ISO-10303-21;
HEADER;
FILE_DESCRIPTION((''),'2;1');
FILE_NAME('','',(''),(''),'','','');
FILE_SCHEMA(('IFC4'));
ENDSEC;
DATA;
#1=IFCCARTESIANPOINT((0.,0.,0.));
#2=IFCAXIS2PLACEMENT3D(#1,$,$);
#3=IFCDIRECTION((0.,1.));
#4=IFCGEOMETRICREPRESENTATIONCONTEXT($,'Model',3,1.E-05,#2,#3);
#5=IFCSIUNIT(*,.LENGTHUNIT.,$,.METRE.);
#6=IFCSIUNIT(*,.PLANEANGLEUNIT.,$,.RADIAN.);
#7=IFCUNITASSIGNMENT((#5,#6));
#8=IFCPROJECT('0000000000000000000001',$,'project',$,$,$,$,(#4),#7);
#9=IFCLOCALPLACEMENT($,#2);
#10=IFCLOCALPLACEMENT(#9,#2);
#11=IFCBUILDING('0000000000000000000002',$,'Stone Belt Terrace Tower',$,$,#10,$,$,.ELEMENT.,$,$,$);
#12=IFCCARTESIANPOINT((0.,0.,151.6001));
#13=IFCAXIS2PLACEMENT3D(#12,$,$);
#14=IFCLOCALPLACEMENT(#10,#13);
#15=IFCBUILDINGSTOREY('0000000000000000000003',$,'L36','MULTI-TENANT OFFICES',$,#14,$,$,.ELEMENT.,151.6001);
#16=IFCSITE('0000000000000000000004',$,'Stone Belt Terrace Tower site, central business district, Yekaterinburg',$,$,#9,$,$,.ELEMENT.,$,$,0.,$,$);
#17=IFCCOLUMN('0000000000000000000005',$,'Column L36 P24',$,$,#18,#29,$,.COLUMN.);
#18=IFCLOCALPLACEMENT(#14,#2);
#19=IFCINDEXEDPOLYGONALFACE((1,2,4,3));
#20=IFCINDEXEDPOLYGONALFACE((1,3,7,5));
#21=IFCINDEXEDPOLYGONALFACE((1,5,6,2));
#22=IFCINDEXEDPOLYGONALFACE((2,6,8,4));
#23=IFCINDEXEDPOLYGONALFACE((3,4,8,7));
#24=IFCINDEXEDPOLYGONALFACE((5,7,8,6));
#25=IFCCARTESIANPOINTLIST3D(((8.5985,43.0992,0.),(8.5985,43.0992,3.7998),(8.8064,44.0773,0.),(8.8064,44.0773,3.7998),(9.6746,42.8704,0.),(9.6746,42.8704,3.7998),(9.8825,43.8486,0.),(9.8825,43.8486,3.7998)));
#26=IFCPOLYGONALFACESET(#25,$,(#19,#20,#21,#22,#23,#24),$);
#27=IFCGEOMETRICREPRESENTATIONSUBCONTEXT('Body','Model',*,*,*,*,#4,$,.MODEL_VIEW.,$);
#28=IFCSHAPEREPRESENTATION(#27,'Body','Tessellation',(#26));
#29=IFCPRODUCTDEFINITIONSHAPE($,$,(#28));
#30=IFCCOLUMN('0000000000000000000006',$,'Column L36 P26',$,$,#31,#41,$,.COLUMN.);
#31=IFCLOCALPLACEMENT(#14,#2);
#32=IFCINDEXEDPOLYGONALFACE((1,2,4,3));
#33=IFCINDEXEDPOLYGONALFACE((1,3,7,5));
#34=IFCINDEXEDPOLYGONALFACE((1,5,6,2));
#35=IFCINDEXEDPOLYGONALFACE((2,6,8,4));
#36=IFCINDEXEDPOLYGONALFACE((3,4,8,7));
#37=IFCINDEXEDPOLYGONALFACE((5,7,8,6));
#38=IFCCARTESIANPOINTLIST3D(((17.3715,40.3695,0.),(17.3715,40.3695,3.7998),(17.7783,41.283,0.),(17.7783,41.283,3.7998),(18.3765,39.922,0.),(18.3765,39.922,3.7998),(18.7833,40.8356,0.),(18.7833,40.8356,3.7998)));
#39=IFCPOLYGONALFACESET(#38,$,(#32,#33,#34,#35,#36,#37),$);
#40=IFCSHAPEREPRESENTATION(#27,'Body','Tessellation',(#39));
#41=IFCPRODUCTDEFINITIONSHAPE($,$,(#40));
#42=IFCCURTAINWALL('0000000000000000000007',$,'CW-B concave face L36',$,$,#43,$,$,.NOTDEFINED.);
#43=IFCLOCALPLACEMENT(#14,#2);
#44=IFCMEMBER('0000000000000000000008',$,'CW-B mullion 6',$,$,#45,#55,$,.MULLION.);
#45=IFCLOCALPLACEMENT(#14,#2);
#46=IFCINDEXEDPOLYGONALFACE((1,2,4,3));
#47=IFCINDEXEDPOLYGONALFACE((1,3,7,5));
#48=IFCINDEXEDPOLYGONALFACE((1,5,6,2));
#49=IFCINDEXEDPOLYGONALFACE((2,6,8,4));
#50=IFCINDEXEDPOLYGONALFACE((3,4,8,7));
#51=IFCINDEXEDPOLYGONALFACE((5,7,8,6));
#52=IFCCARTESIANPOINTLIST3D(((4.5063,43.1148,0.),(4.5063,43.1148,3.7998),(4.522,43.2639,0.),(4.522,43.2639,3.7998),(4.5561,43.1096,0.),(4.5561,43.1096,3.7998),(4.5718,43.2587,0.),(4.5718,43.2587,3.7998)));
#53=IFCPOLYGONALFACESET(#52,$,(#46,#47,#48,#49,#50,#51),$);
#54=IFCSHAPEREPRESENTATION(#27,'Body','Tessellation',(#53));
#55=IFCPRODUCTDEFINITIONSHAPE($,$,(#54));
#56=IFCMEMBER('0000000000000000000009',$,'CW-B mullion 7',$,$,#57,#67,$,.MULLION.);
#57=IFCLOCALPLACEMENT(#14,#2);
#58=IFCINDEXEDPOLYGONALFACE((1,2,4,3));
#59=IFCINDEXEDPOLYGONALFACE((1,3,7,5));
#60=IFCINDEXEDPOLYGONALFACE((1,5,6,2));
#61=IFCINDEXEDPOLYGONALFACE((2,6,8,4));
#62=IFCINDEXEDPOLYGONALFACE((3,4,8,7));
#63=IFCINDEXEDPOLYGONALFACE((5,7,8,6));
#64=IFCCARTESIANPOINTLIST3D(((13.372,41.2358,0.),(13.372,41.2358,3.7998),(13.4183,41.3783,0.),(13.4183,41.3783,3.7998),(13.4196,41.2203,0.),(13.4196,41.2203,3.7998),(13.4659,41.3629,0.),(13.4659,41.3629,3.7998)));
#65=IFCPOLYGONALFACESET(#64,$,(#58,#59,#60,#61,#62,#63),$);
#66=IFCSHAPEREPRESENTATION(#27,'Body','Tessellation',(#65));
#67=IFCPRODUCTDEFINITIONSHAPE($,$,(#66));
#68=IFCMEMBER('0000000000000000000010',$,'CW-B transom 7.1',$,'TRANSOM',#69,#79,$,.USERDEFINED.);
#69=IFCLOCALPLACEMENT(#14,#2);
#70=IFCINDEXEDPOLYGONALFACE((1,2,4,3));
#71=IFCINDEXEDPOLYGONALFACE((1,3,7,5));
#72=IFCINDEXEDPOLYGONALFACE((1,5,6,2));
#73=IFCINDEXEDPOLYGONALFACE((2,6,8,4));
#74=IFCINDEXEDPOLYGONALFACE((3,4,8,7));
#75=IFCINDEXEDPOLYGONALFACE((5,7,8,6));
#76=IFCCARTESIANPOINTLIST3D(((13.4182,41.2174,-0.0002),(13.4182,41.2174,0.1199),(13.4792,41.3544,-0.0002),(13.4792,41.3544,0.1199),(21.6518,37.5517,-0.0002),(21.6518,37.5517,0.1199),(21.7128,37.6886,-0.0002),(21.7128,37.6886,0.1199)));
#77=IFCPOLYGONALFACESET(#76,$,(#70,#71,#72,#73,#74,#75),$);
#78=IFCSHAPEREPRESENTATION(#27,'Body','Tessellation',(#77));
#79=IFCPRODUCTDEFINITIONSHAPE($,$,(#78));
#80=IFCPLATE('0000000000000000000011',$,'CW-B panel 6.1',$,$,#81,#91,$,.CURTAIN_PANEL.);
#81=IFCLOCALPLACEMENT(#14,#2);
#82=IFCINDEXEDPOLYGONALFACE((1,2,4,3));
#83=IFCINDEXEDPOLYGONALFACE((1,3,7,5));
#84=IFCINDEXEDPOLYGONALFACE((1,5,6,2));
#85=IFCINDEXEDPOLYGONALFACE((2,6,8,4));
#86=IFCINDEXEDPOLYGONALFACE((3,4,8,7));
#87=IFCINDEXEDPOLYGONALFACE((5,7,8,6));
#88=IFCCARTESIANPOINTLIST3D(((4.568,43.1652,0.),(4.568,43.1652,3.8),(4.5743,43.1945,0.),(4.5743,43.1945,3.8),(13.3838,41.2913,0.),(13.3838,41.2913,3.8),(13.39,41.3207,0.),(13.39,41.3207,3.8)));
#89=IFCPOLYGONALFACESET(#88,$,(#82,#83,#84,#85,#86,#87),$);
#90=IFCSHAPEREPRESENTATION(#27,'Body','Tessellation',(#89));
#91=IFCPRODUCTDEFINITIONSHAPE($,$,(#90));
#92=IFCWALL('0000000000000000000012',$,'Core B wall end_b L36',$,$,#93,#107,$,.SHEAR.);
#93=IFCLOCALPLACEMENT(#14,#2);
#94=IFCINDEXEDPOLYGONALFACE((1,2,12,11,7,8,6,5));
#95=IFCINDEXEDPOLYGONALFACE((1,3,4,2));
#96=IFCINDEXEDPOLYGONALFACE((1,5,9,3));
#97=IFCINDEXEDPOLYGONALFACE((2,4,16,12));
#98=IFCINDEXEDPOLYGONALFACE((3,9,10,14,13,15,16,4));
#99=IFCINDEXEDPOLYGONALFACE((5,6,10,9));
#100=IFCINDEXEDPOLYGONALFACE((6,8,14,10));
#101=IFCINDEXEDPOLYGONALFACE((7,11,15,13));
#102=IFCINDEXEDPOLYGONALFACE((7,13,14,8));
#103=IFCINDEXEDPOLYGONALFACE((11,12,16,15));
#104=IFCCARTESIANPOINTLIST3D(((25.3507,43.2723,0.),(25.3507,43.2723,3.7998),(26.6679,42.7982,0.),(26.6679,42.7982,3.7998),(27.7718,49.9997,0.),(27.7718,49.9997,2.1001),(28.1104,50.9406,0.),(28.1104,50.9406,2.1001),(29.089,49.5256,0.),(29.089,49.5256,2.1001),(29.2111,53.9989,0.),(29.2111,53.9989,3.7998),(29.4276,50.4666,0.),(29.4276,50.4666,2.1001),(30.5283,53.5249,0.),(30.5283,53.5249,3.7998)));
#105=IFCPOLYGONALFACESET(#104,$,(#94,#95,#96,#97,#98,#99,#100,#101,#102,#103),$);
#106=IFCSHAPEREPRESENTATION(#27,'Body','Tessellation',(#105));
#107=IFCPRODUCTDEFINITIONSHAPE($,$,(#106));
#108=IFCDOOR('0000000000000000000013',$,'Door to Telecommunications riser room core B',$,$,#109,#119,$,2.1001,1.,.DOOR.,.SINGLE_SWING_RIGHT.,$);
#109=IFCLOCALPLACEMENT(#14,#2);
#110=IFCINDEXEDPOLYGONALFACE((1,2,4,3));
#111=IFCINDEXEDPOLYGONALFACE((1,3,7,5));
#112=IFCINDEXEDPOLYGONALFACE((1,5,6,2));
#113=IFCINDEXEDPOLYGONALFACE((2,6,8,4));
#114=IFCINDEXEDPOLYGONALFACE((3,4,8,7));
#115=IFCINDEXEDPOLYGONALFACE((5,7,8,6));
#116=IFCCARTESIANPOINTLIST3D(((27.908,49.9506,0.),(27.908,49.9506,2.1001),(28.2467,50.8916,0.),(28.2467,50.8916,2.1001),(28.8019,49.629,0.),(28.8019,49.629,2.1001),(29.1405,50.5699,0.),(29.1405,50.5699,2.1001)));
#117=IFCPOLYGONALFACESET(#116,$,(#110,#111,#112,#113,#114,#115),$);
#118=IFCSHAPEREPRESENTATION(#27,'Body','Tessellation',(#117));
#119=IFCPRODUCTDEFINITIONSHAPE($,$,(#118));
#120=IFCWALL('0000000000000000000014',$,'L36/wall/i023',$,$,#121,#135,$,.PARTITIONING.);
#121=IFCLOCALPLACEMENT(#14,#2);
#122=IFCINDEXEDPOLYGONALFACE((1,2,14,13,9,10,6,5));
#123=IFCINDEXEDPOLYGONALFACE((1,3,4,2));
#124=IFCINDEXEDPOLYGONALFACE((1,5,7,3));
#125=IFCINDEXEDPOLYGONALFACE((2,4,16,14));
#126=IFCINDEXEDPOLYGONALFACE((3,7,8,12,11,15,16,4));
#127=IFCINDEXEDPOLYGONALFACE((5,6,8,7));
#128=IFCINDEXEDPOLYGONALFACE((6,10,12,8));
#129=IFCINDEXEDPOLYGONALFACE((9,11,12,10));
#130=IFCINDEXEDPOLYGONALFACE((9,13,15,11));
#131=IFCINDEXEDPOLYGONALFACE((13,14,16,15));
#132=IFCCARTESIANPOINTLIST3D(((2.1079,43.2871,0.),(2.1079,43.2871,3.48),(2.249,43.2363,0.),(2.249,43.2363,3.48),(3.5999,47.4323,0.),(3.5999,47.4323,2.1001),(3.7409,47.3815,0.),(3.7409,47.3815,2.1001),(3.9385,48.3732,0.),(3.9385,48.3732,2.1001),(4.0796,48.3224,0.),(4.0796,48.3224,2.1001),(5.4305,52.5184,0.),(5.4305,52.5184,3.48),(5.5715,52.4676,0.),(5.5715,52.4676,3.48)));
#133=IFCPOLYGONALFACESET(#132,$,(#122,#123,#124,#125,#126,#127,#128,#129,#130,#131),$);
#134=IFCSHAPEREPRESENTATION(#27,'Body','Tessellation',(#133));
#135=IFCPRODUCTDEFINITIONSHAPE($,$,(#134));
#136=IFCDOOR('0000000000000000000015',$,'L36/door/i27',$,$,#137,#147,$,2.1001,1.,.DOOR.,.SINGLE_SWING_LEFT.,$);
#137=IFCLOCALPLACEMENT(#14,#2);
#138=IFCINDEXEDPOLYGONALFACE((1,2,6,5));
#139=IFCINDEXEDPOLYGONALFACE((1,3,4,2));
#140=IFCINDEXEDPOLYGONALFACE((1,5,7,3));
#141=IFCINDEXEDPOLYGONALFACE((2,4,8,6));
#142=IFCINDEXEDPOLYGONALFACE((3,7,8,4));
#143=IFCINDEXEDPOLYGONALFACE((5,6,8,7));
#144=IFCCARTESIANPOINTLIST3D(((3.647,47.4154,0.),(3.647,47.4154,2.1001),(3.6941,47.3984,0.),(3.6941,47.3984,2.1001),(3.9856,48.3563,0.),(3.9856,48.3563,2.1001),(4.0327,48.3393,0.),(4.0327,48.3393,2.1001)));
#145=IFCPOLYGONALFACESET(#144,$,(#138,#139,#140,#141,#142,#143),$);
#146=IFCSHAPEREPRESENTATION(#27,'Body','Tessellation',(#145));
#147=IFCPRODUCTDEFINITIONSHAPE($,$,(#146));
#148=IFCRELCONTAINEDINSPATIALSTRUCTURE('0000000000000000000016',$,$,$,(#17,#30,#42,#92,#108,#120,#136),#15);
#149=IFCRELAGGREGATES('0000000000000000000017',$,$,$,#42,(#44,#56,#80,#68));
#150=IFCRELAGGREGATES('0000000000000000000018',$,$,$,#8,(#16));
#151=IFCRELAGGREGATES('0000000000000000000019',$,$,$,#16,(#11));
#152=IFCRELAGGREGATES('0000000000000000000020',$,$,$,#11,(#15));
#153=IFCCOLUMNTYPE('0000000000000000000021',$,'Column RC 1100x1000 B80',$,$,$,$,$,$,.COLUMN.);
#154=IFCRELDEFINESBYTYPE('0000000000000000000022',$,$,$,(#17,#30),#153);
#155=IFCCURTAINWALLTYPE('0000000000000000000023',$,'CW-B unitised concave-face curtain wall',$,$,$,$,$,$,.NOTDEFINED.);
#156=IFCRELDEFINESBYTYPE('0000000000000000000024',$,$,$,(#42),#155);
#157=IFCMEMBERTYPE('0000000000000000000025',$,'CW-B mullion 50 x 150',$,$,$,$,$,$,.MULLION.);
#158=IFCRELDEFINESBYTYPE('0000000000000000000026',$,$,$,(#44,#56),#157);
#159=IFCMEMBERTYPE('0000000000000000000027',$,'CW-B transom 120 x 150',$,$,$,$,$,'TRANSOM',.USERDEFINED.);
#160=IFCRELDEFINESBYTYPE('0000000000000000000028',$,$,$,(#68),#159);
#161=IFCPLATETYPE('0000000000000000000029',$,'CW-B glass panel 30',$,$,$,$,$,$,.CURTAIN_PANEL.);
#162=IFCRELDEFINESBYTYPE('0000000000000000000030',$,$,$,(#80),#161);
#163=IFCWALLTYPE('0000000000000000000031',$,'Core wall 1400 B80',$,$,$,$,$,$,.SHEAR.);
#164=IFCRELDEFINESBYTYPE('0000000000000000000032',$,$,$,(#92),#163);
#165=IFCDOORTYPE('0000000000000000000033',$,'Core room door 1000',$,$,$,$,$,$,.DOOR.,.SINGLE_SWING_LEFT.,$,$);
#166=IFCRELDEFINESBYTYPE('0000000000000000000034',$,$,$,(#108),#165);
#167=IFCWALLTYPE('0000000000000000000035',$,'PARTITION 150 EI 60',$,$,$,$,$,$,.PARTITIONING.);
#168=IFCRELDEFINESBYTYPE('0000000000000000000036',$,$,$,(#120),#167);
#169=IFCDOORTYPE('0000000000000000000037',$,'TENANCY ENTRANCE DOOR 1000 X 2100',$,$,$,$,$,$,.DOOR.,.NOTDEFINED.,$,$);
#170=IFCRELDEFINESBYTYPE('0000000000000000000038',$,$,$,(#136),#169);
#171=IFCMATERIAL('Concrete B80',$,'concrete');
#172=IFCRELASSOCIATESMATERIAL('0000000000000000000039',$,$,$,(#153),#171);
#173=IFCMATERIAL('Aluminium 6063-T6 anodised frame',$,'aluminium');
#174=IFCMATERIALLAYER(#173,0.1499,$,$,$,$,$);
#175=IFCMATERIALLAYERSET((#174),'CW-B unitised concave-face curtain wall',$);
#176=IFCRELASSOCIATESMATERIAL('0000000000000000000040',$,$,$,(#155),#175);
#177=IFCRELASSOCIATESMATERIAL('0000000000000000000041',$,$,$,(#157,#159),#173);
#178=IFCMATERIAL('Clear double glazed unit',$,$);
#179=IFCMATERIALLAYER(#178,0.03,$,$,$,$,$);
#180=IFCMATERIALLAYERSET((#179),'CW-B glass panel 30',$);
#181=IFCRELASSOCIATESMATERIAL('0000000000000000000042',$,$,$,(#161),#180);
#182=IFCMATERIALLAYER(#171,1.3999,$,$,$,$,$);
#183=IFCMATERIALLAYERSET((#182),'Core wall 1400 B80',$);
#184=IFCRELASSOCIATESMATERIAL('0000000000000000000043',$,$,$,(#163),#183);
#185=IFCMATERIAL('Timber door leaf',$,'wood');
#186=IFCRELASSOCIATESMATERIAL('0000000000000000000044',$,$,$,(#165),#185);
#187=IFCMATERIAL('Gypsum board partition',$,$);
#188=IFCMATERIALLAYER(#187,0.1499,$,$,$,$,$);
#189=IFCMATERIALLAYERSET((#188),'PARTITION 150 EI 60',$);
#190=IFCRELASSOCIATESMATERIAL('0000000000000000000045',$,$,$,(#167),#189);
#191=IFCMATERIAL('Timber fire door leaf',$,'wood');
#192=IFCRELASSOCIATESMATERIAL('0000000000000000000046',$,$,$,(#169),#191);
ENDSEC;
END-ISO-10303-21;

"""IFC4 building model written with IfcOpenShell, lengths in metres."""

from ifc_helpers import new_model, si_unit, direction, frame, frame_2d, origin, origin_2d, place, context, subcontext, project, spatial, rectangle, extrude, material, layer, layer_set, material_profile, profile_set, type_object, element, fill, aggregate, save


model = new_model("IFC4")

# Units and contexts
model_context = context("Model", 3, precision=1e-05, world=origin(), true_north=direction((0.0, 1.0)))
body_context = subcontext(model_context, "Body", "Model", "MODEL_VIEW")
ifc_project = project(units=[si_unit("LENGTHUNIT", "METRE"), si_unit("PLANEANGLEUNIT", "RADIAN")], contexts=[model_context])

# Site, building, storey
site_placement = place(None, origin())
site = spatial("IfcSite", under=ifc_project, at=site_placement, Name="Stone Belt Terrace Tower site, central business district, Yekaterinburg", CompositionType="ELEMENT", RefElevation=0.0)
building_placement = place(site_placement, origin())
building = spatial("IfcBuilding", under=site, at=building_placement, Name="Stone Belt Terrace Tower", CompositionType="ELEMENT")
storey_placement = place(building_placement, frame((0.0, 0.0, 151.6001)))
storey = spatial("IfcBuildingStorey", under=building, at=storey_placement, Name="L36", Description="MULTI-TENANT OFFICES", CompositionType="ELEMENT", Elevation=151.6001)

# Columns
ifc_material_1 = material(Name="Concrete B80", Category="concrete")
ifc_material_profile_1 = material_profile(ifc_material_1, rectangle(XDim=1.1001, YDim=1.0, at=origin_2d()), Name="RC 1100x1000")
ifc_profile_set_1 = profile_set([ifc_material_profile_1], Name="Concrete B80")
column_type = type_object("IfcColumnType", Name="Column RC 1100x1000 B80", PredefinedType="COLUMN", material=ifc_profile_set_1)
for number, where, z_axis, x_axis, name in (
    (1, (9.2405, 43.4739, 0.0), (0.0, 0.0, 1.0), (0.978148, -0.207912, 0.0), "Column L36 P24"),
    (2, (18.0774, 40.6025, 0.0), (0.0, 0.0, 1.0), (0.913545, -0.406737, 0.0), "Column L36 P26"),
):
    element("IfcColumn", number, at=place(storey_placement, frame(where, z_axis=z_axis, x_axis=x_axis)), inside=storey, type_object=column_type, Name=name, PredefinedType="COLUMN", context=body_context, shape_type="SweptSolid", body=[
        extrude(rectangle(XDim=1.1001, YDim=1.0, at=origin_2d()), origin(), (0.0, 0.0, 1.0), 3.7998),
    ])

# Curtain wall, members, plate
ifc_material_2 = material(Name="Aluminium 6063-T6 anodised frame", Category="aluminium")
ifc_layer_1 = layer(ifc_material_2, 0.1499)
ifc_layer_set_1 = layer_set([ifc_layer_1], Name="CW-B unitised concave-face curtain wall")
curtain_wall_type = type_object("IfcCurtainWallType", Name="CW-B unitised concave-face curtain wall", PredefinedType="NOTDEFINED", material=ifc_layer_set_1)
curtain_wall_placement = place(storey_placement, origin())
curtain_wall = element("IfcCurtainWall", 3, at=curtain_wall_placement, inside=storey, type_object=curtain_wall_type, Name="CW-B concave face L36", PredefinedType="NOTDEFINED")
ifc_material_profile_2 = material_profile(ifc_material_2, rectangle(XDim=0.1499, YDim=0.05, at=origin_2d()), Name="Aluminium 6063-T6 50x150")
ifc_profile_set_2 = profile_set([ifc_material_profile_2], Name="Aluminium 6063-T6 anodised frame")
member_type_1 = type_object("IfcMemberType", Name="CW-B mullion 50 x 150", PredefinedType="MULLION", material=ifc_profile_set_2)
member_1_placement = place(storey_placement, frame((4.5391, 43.1868, 0.0), z_axis=(0.0, 0.0, 1.0), x_axis=(0.104528, 0.994522, 0.0)))
member_1 = element("IfcMember", 4, at=member_1_placement, type_object=member_type_1, Name="CW-B mullion 6", PredefinedType="MULLION", context=body_context, shape_type="SweptSolid", body=[
    extrude(rectangle(XDim=0.1499, YDim=0.05, at=origin_2d()), origin(), (0.0, 0.0, 1.0), 3.7998),
])
member_2_placement = place(storey_placement, frame((13.4189, 41.2993, 0.0), z_axis=(0.0, 0.0, 1.0), x_axis=(0.309017, 0.951057, 0.0)))
member_2 = element("IfcMember", 5, at=member_2_placement, type_object=member_type_1, Name="CW-B mullion 7", PredefinedType="MULLION", context=body_context, shape_type="SweptSolid", body=[
    extrude(rectangle(XDim=0.1499, YDim=0.05, at=origin_2d()), origin(), (0.0, 0.0, 1.0), 3.7998),
])
ifc_material_profile_3 = material_profile(ifc_material_2, rectangle(XDim=0.1499, YDim=0.1201, at=origin_2d()), Name="Aluminium 6063-T6 150x120")
ifc_profile_set_3 = profile_set([ifc_material_profile_3], Name="Aluminium 6063-T6 anodised frame")
member_type_2 = type_object("IfcMemberType", Name="CW-B transom 120 x 150", ElementType="TRANSOM", PredefinedType="USERDEFINED", material=ifc_profile_set_3)
member_3_placement = place(storey_placement, frame((13.4487, 41.2859, 0.0598), z_axis=(0.913549, -0.406729, 0.0), x_axis=(0.406729, 0.913549, 0.0)))
member_3 = element("IfcMember", 6, at=member_3_placement, type_object=member_type_2, Name="CW-B transom 7.1", ObjectType="TRANSOM", PredefinedType="USERDEFINED", context=body_context, shape_type="SweptSolid", body=[
    extrude(rectangle(XDim=0.1499, YDim=0.1201, at=origin_2d()), origin(), (0.0, 0.0, 1.0), 9.0127),
])
ifc_material_3 = material(Name="Clear double glazed unit")
ifc_layer_2 = layer(ifc_material_3, 0.03)
ifc_layer_set_2 = layer_set([ifc_layer_2], Name="CW-B glass panel 30")
plate_type = type_object("IfcPlateType", Name="CW-B glass panel 30", PredefinedType="CURTAIN_PANEL", material=ifc_layer_set_2)
plate_placement = place(storey_placement, frame((8.979, 42.2429, 0.0), z_axis=(0.0, 0.0, 1.0), x_axis=(0.978148, -0.207912, 0.0)))
plate = element("IfcPlate", 7, at=plate_placement, type_object=plate_type, Name="CW-B panel 6.1", PredefinedType="CURTAIN_PANEL", context=body_context, shape_type="SweptSolid", body=[
    extrude(rectangle(XDim=9.0127, YDim=0.03, at=origin_2d()), origin(), (0.0, 0.0, 1.0), 3.8),
])
aggregate(curtain_wall, [member_1, member_2, plate, member_3])

# Walls, openings, doors
ifc_layer_3 = layer(ifc_material_1, 1.3999)
ifc_layer_set_3 = layer_set([ifc_layer_3], Name="Core wall 1400 B80")
wall_type_1 = type_object("IfcWallType", Name="Core wall 1400 B80", PredefinedType="SHEAR", material=ifc_layer_set_3)
wall_1_placement = place(storey_placement, frame((26.0093, 43.0352, 0.0), z_axis=(0.0, 0.0, 1.0), x_axis=(0.338625, 0.940921, 0.0)))
wall_1 = element("IfcWall", 8, at=wall_1_placement, inside=storey, type_object=wall_type_1, Name="Core B wall end_b L36", PredefinedType="SHEAR", context=body_context, shape_type="SweptSolid", body=[
    extrude(rectangle(XDim=11.4001, YDim=1.3999, at=frame_2d((5.7002, 0.0))), origin(), (0.0, 0.0, 1.0), 3.7998),
])
opening_1_placement = place(wall_1_placement, frame((7.1499, 0.0, 0.0)))
opening_1 = element("IfcOpeningElement", 9, at=opening_1_placement, cuts=wall_1, PredefinedType="OPENING", context=body_context, shape_type="SweptSolid", body=[
    extrude(rectangle(XDim=1.0, YDim=2.1001, at=frame_2d((0.5, 1.05))), frame((0.0, 0.71, 0.0), z_axis=(0.0, -1.0, 0.0), x_axis=(1.0, 0.0, 0.0)), (0.0, 0.0, 1.0), 1.4199),
])
ifc_material_4 = material(Name="Timber door leaf", Category="wood")
door_type_1 = type_object("IfcDoorType", Name="Core room door 1000", OperationType="SINGLE_SWING_LEFT", PredefinedType="DOOR", material=ifc_material_4)
door_1_placement = place(opening_1_placement, origin())
door_1 = element("IfcDoor", 10, at=door_1_placement, inside=storey, type_object=door_type_1, Name="Door to Telecommunications riser room core B", OperationType="SINGLE_SWING_RIGHT", OverallHeight=2.1001, OverallWidth=1.0, PredefinedType="DOOR", context=body_context, shape_type="SweptSolid", body=[
    extrude(rectangle(XDim=1.0, YDim=2.1001, at=frame_2d((0.5, 1.05))), frame((0.0, 0.5552, 0.0), z_axis=(0.0, -1.0, 0.0), x_axis=(1.0, 0.0, 0.0)), (0.0, 0.0, 1.0), 0.95),
])
fill(opening_1, door_1)
ifc_material_5 = material(Name="Gypsum board partition")
ifc_layer_4 = layer(ifc_material_5, 0.1499)
ifc_layer_set_4 = layer_set([ifc_layer_4], Name="PARTITION 150 EI 60")
wall_type_2 = type_object("IfcWallType", Name="PARTITION 150 EI 60", PredefinedType="PARTITIONING", material=ifc_layer_set_4)
wall_2_placement = place(storey_placement, frame((2.1785, 43.2617, 0.0), z_axis=(0.0, 0.0, 1.0), x_axis=(0.338654, 0.940911, 0.0)))
wall_2 = element("IfcWall", 11, at=wall_2_placement, inside=storey, type_object=wall_type_2, Name="L36/wall/i023", PredefinedType="PARTITIONING", context=body_context, shape_type="SweptSolid", body=[
    extrude(rectangle(XDim=9.811, YDim=0.1499, at=frame_2d((4.9055, 0.0))), origin(), (0.0, 0.0, 1.0), 3.48),
])
opening_2_placement = place(wall_2_placement, frame((4.4055, 0.0, 0.0)))
opening_2 = element("IfcOpeningElement", 12, at=opening_2_placement, cuts=wall_2, PredefinedType="OPENING", context=body_context, shape_type="SweptSolid", body=[
    extrude(rectangle(XDim=1.0, YDim=2.1001, at=frame_2d((0.5, 1.05))), frame((0.0, 0.085, 0.0), z_axis=(0.0, -1.0, 0.0), x_axis=(1.0, 0.0, 0.0)), (0.0, 0.0, 1.0), 0.1699),
])
ifc_material_6 = material(Name="Timber fire door leaf", Category="wood")
door_type_2 = type_object("IfcDoorType", Name="TENANCY ENTRANCE DOOR 1000 X 2100", OperationType="NOTDEFINED", PredefinedType="DOOR", material=ifc_material_6)
door_2_placement = place(opening_2_placement, origin())
door_2 = element("IfcDoor", 13, at=door_2_placement, inside=storey, type_object=door_type_2, Name="L36/door/i27", OperationType="SINGLE_SWING_LEFT", OverallHeight=2.1001, OverallWidth=1.0, PredefinedType="DOOR", context=body_context, shape_type="SweptSolid", body=[
    extrude(rectangle(XDim=1.0, YDim=2.1001, at=frame_2d((0.5, 1.05))), frame((0.0, 0.0249, 0.0), z_axis=(0.0, -1.0, 0.0), x_axis=(1.0, 0.0, 0.0)), (0.0, 0.0, 1.0), 0.05),
])
fill(opening_2, door_2)

save(model, "model.ifc")
